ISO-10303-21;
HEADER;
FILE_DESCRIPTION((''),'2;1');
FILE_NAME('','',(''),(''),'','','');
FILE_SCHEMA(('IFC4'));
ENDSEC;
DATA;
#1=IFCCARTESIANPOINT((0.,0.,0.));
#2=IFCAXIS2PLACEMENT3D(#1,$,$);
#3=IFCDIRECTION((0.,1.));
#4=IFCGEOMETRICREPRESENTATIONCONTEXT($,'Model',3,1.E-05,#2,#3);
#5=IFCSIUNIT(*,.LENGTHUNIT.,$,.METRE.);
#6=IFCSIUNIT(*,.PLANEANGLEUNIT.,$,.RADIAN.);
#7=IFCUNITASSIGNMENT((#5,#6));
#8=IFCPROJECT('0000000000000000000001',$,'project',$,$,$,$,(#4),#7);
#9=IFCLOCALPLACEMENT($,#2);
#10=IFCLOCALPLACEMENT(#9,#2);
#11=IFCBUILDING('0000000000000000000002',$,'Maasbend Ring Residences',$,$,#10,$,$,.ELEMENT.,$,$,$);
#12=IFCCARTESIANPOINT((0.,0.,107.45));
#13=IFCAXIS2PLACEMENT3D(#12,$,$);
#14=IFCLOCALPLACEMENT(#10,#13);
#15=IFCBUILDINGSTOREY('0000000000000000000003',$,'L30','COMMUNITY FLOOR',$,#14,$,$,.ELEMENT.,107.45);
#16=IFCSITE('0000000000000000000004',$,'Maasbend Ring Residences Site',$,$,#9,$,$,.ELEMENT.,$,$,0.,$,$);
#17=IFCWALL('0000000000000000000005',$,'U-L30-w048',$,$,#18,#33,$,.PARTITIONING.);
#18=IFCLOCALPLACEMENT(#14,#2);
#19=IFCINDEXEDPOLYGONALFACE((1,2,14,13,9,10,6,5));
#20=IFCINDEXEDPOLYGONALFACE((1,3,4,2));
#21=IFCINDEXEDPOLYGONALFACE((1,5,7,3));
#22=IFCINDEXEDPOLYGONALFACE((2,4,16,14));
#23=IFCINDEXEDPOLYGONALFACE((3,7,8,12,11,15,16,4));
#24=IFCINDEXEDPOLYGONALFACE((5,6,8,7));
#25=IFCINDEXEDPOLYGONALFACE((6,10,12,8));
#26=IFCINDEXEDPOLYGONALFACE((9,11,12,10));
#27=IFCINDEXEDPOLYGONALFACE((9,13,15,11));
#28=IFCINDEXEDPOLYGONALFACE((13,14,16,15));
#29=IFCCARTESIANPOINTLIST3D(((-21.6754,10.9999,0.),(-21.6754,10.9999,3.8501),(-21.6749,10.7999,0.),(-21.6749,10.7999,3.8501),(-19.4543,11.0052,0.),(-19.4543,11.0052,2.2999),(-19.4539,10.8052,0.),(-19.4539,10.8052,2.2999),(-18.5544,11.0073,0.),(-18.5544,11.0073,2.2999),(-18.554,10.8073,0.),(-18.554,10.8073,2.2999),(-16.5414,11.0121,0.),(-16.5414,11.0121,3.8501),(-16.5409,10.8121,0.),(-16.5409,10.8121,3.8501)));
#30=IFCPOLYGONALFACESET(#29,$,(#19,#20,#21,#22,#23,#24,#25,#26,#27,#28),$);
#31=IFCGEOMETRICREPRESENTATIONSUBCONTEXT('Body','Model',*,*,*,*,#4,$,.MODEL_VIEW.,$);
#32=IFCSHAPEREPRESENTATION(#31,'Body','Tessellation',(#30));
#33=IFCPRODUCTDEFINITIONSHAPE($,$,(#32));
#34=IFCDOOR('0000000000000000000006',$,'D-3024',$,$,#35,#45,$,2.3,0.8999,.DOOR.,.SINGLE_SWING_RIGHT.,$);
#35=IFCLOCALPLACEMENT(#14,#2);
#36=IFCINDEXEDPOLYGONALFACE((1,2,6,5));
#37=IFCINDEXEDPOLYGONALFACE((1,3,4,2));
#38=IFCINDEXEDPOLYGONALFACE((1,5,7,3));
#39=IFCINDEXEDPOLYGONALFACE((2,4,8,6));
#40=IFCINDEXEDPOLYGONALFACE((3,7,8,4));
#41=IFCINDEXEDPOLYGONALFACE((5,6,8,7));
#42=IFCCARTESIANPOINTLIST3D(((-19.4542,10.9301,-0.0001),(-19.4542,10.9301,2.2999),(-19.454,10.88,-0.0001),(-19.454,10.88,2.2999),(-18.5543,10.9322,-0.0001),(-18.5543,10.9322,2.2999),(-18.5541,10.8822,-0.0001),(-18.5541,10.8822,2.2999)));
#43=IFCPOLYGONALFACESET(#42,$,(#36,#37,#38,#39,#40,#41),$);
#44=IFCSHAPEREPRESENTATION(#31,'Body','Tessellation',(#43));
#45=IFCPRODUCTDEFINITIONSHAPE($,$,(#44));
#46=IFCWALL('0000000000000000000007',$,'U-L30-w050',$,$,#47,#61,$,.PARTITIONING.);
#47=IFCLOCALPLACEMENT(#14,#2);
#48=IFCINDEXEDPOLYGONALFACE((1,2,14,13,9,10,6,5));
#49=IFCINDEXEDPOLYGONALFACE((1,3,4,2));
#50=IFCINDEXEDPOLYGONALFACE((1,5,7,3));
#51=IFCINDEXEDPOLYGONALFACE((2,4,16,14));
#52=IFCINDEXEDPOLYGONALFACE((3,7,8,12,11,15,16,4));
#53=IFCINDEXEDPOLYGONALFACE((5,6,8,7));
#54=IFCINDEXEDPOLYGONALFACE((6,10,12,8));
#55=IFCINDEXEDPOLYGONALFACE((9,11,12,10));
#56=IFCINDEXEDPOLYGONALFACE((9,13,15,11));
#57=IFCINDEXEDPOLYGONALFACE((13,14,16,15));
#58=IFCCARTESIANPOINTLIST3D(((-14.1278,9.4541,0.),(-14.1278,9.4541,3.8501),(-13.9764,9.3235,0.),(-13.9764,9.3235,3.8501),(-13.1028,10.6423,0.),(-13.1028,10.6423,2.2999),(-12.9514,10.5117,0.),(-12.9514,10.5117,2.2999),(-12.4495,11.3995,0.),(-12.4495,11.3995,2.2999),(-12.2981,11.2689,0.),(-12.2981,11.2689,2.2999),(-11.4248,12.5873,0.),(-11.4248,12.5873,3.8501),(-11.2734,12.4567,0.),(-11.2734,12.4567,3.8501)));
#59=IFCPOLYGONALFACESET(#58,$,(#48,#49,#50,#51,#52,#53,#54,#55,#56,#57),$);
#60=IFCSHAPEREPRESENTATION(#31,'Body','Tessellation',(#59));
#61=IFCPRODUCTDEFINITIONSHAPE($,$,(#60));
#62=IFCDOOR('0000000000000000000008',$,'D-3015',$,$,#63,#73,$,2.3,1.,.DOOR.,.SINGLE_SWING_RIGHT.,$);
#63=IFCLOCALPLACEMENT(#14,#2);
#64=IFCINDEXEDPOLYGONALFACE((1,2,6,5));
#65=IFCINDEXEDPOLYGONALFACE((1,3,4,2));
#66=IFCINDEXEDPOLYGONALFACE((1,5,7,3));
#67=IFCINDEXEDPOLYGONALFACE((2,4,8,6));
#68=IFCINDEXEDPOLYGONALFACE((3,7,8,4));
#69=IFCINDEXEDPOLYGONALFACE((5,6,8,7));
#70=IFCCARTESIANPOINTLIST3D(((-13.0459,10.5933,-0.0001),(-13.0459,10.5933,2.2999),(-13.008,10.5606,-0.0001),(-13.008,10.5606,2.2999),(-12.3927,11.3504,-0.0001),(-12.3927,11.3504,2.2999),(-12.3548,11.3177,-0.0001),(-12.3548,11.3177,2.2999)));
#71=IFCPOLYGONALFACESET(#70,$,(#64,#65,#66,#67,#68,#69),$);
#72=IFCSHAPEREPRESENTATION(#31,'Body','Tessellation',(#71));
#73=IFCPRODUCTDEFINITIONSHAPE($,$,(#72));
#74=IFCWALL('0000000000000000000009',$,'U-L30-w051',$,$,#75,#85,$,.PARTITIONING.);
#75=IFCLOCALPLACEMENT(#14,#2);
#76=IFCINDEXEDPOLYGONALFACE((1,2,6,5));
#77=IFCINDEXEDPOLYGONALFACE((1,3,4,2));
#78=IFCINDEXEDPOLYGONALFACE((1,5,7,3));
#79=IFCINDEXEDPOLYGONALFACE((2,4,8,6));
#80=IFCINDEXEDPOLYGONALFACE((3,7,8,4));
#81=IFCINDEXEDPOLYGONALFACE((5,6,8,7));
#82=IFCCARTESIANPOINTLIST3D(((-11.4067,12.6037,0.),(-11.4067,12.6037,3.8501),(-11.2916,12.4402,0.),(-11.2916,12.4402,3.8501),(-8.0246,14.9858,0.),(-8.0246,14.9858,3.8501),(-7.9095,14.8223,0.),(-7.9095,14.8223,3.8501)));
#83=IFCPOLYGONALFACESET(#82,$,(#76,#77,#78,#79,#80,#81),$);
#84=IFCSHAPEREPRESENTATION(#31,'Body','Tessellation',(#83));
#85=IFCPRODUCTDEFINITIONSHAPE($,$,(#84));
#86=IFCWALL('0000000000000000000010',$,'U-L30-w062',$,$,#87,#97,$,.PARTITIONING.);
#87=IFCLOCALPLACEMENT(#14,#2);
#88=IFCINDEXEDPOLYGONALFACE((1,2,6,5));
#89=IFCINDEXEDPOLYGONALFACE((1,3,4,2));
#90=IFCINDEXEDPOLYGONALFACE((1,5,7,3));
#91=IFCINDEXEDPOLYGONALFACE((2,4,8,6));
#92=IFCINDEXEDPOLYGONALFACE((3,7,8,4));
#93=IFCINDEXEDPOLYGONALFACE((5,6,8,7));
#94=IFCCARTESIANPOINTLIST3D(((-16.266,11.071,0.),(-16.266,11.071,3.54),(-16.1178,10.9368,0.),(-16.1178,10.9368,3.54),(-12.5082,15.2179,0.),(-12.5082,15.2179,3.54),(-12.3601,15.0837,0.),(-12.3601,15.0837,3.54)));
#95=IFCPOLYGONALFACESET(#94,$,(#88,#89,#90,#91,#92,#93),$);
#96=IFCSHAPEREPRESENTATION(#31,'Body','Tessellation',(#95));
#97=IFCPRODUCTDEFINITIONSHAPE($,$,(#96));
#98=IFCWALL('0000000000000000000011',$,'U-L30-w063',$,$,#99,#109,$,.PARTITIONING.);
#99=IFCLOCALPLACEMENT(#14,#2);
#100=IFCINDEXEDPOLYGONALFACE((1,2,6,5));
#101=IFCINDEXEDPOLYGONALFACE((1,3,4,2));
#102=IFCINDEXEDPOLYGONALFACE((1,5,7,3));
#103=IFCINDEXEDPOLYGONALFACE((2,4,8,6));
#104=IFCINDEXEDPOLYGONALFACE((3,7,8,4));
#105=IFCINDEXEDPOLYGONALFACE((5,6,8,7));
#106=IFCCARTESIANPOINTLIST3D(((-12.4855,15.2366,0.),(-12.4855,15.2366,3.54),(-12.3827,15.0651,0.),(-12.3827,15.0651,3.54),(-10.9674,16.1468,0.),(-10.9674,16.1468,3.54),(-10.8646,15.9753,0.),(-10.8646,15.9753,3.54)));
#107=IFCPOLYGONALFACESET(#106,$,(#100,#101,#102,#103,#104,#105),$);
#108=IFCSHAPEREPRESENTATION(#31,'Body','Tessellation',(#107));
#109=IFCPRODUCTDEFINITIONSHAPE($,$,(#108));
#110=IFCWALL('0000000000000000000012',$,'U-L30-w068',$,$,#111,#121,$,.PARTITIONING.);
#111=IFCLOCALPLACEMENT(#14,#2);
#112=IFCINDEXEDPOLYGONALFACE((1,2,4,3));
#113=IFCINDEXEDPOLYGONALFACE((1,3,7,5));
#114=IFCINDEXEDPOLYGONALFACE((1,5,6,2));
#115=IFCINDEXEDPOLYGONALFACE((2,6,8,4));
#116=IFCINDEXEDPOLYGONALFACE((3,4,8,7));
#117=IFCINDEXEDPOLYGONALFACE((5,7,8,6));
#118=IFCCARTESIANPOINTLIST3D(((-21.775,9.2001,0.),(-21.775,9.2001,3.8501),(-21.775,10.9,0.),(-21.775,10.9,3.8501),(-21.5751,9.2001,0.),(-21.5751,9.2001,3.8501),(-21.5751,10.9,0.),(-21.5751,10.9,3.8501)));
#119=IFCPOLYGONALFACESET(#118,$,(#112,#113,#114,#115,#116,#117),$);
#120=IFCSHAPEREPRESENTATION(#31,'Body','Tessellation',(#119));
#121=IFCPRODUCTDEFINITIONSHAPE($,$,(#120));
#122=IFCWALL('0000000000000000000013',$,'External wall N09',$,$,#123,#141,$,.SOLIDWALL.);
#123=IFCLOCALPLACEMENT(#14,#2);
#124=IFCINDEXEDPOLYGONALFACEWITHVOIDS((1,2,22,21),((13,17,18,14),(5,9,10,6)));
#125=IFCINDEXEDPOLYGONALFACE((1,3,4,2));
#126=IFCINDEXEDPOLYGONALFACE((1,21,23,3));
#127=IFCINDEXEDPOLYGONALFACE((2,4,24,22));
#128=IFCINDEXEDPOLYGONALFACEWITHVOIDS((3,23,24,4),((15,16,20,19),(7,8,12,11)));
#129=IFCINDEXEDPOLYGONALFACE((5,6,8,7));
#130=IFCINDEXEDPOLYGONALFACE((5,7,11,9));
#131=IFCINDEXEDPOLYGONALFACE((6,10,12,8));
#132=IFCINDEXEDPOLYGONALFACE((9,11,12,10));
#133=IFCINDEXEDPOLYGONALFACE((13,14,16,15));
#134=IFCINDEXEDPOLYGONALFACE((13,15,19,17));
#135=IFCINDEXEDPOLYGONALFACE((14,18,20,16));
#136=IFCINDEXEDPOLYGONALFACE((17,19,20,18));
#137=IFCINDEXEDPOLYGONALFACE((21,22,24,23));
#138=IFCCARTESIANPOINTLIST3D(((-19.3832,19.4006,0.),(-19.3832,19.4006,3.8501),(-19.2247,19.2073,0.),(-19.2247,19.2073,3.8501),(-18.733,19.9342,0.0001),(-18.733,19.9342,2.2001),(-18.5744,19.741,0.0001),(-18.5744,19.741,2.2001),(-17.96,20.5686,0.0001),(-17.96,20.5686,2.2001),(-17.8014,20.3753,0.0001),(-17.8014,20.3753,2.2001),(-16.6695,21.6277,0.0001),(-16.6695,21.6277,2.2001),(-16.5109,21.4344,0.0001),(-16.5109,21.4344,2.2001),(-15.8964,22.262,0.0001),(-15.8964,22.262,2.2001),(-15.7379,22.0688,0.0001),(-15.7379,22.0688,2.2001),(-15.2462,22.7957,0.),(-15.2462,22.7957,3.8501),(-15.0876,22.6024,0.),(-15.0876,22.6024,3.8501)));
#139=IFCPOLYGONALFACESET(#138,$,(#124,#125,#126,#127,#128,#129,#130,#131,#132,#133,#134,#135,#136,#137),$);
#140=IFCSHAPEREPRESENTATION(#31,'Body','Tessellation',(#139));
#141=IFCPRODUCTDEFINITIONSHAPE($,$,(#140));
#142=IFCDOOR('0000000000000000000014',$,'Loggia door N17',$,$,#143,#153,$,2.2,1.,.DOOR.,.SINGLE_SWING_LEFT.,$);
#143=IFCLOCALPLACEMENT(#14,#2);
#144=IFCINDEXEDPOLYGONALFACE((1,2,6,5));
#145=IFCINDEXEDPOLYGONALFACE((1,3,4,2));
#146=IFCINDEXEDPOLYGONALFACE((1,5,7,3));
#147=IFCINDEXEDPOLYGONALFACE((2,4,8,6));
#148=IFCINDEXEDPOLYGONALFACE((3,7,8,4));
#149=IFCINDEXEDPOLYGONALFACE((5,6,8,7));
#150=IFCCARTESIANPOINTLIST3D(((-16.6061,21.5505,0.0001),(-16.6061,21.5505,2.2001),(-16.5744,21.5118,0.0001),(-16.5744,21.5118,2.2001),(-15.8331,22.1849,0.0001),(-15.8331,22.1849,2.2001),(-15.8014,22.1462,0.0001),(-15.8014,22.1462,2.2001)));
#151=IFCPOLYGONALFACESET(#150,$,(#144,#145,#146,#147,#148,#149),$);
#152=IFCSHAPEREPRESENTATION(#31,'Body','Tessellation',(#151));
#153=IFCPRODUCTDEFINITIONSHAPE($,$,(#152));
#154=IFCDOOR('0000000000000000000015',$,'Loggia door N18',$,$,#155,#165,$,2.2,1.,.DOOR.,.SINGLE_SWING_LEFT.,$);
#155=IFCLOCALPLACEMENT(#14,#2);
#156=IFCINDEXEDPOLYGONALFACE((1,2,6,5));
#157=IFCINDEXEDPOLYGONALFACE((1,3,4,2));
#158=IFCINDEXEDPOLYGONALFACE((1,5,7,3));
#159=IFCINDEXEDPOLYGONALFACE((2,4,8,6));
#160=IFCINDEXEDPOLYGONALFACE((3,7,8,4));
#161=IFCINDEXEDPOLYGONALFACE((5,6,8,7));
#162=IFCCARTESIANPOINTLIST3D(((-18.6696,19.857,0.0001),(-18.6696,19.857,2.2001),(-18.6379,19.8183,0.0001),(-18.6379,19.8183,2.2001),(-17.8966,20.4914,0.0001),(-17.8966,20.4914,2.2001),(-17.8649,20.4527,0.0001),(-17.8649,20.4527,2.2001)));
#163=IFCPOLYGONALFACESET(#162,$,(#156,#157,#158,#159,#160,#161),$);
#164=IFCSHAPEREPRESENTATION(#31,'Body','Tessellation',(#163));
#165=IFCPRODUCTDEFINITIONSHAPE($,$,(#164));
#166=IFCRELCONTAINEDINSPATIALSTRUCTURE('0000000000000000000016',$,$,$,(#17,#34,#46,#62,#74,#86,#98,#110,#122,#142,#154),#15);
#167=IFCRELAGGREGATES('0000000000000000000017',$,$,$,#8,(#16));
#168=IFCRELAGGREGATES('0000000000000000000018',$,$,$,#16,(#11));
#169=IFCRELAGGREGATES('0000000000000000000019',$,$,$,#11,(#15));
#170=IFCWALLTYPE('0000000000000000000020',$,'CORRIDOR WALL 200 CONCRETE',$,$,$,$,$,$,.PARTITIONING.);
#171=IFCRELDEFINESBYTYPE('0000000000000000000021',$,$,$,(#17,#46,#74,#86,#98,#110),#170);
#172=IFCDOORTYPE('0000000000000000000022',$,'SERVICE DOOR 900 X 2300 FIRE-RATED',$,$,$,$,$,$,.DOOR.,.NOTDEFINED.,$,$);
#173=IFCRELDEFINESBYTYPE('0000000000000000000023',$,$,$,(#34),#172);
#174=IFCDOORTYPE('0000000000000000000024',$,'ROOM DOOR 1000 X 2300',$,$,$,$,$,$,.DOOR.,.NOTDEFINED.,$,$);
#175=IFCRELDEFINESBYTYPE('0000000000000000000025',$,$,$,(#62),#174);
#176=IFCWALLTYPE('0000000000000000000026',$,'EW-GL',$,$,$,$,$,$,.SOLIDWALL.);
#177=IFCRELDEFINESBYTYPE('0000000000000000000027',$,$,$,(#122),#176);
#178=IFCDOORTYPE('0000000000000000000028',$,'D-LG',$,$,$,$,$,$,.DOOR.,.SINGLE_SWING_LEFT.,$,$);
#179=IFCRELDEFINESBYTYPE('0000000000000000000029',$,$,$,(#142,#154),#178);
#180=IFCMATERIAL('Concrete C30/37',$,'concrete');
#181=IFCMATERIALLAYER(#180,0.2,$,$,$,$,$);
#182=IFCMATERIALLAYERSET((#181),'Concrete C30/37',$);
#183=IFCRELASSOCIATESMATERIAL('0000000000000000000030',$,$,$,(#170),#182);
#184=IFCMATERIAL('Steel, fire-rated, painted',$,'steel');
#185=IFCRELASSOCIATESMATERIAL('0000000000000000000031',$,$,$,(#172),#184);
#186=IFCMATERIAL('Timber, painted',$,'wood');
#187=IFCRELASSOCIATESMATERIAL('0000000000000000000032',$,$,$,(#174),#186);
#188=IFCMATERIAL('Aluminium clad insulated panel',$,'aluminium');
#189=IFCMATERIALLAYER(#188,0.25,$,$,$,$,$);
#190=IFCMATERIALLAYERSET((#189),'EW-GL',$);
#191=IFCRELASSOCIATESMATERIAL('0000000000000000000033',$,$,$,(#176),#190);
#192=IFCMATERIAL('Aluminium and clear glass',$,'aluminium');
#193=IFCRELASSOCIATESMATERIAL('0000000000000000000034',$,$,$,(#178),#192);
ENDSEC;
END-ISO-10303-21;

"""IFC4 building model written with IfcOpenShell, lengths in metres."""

from ifc_helpers import new_model, si_unit, direction, frame, frame_2d, origin, place, context, subcontext, project, spatial, rectangle, extrude, material, layer, layer_set, type_object, element, fill, save


model = new_model("IFC4")

# Units and contexts
model_context = context("Model", 3, precision=1e-05, world=origin(), true_north=direction((0.0, 1.0)))
body_context = subcontext(model_context, "Body", "Model", "MODEL_VIEW")
ifc_project = project(units=[si_unit("LENGTHUNIT", "METRE"), si_unit("PLANEANGLEUNIT", "RADIAN")], contexts=[model_context])

# Site, building, storey
site_placement = place(None, origin())
site = spatial("IfcSite", under=ifc_project, at=site_placement, Name="Maasbend Ring Residences Site", CompositionType="ELEMENT", RefElevation=0.0)
building_placement = place(site_placement, origin())
building = spatial("IfcBuilding", under=site, at=building_placement, Name="Maasbend Ring Residences", CompositionType="ELEMENT")
storey_placement = place(building_placement, frame((0.0, 0.0, 107.45)))
storey = spatial("IfcBuildingStorey", under=building, at=storey_placement, Name="L30", Description="COMMUNITY FLOOR", CompositionType="ELEMENT", Elevation=107.45)

# Walls, openings, doors
ifc_material_1 = material(Name="Concrete C30/37", Category="concrete")
ifc_layer_1 = layer(ifc_material_1, 0.2)
ifc_layer_set_1 = layer_set([ifc_layer_1], Name="Concrete C30/37")
wall_type_1 = type_object("IfcWallType", Name="CORRIDOR WALL 200 CONCRETE", PredefinedType="PARTITIONING", material=ifc_layer_set_1)
wall_1_placement = place(storey_placement, frame((-21.675, 10.8999, 0.0), z_axis=(0.0, 0.0, 1.0), x_axis=(0.999997, 0.002378, 0.0)))
wall_1 = element("IfcWall", 1, at=wall_1_placement, inside=storey, type_object=wall_type_1, Name="U-L30-w048", PredefinedType="PARTITIONING", context=body_context, shape_type="SweptSolid", body=[
    extrude(rectangle(XDim=5.134, YDim=0.2, at=frame_2d((2.5669, 0.0))), origin(), (0.0, 0.0, 1.0), 3.8501),
])
opening_1_placement = place(wall_1_placement, frame((2.2209, 0.0, 0.0)))
opening_1 = element("IfcOpeningElement", 2, at=opening_1_placement, cuts=wall_1, PredefinedType="OPENING", context=body_context, shape_type="SweptSolid", body=[
    extrude(rectangle(XDim=0.8999, YDim=2.3, at=frame_2d((0.45, 1.1499))), frame((0.0, 0.1099, 0.0), z_axis=(0.0, -1.0, 0.0), x_axis=(1.0, 0.0, 0.0)), (0.0, 0.0, 1.0), 0.22),
])
ifc_material_2 = material(Name="Steel, fire-rated, painted", Category="steel")
door_type_1 = type_object("IfcDoorType", Name="SERVICE DOOR 900 X 2300 FIRE-RATED", OperationType="NOTDEFINED", PredefinedType="DOOR", material=ifc_material_2)
door_1_placement = place(opening_1_placement, origin())
door_1 = element("IfcDoor", 3, at=door_1_placement, inside=storey, type_object=door_type_1, Name="D-3024", OperationType="SINGLE_SWING_RIGHT", OverallHeight=2.3, OverallWidth=0.8999, PredefinedType="DOOR", context=body_context, shape_type="SweptSolid", body=[
    extrude(rectangle(XDim=0.8999, YDim=2.3, at=frame_2d((0.45, 1.1499))), frame((0.0, 0.0249, 0.0), z_axis=(0.0, -1.0, 0.0), x_axis=(1.0, 0.0, 0.0)), (0.0, 0.0, 1.0), 0.05),
])
fill(opening_1, door_1)
wall_2_placement = place(storey_placement, frame((-14.052, 9.3889, 0.0), z_axis=(0.0, 0.0, 1.0), x_axis=(0.653213, 0.757174, 0.0)))
wall_2 = element("IfcWall", 4, at=wall_2_placement, inside=storey, type_object=wall_type_1, Name="U-L30-w050", PredefinedType="PARTITIONING", context=body_context, shape_type="SweptSolid", body=[
    extrude(rectangle(XDim=4.1379, YDim=0.2, at=frame_2d((2.0688, 0.0))), origin(), (0.0, 0.0, 1.0), 3.8501),
])
opening_2_placement = place(wall_2_placement, frame((1.5691, 0.0, 0.0)))
opening_2 = element("IfcOpeningElement", 5, at=opening_2_placement, cuts=wall_2, PredefinedType="OPENING", context=body_context, shape_type="SweptSolid", body=[
    extrude(rectangle(XDim=1.0, YDim=2.3, at=frame_2d((0.5, 1.1499))), frame((0.0, 0.1099, 0.0), z_axis=(0.0, -1.0, 0.0), x_axis=(1.0, 0.0, 0.0)), (0.0, 0.0, 1.0), 0.22),
])
ifc_material_3 = material(Name="Timber, painted", Category="wood")
door_type_2 = type_object("IfcDoorType", Name="ROOM DOOR 1000 X 2300", OperationType="NOTDEFINED", PredefinedType="DOOR", material=ifc_material_3)
door_2_placement = place(opening_2_placement, origin())
door_2 = element("IfcDoor", 6, at=door_2_placement, inside=storey, type_object=door_type_2, Name="D-3015", OperationType="SINGLE_SWING_RIGHT", OverallHeight=2.3, OverallWidth=1.0, PredefinedType="DOOR", context=body_context, shape_type="SweptSolid", body=[
    extrude(rectangle(XDim=1.0, YDim=2.3, at=frame_2d((0.5, 1.1499))), frame((0.0, 0.0249, 0.0), z_axis=(0.0, -1.0, 0.0), x_axis=(1.0, 0.0, 0.0)), (0.0, 0.0, 1.0), 0.05),
])
fill(opening_2, door_2)

# Walls
wall_3_placement = place(storey_placement, frame((-11.3491, 12.522, 0.0), z_axis=(0.0, 0.0, 1.0), x_axis=(0.817568, 0.575833, 0.0)))
element("IfcWall", 7, at=wall_3_placement, inside=storey, type_object=wall_type_1, Name="U-L30-w051", PredefinedType="PARTITIONING", context=body_context, shape_type="SweptSolid", body=[
    extrude(rectangle(XDim=4.1367, YDim=0.2, at=frame_2d((2.0684, 0.0))), origin(), (0.0, 0.0, 1.0), 3.8501),
])
wall_4_placement = place(storey_placement, frame((-16.1919, 11.0039, 0.0), z_axis=(0.0, 0.0, 1.0), x_axis=(0.671482, 0.741021, 0.0)))
element("IfcWall", 8, at=wall_4_placement, inside=storey, type_object=wall_type_1, Name="U-L30-w062", PredefinedType="PARTITIONING", context=body_context, shape_type="SweptSolid", body=[
    extrude(rectangle(XDim=5.5962, YDim=0.2, at=frame_2d((2.7981, 0.0))), origin(), (0.0, 0.0, 1.0), 3.54),
])
wall_5_placement = place(storey_placement, frame((-12.4341, 15.1509, 0.0), z_axis=(0.0, 0.0, 1.0), x_axis=(0.857663, 0.514212, 0.0)))
element("IfcWall", 9, at=wall_5_placement, inside=storey, type_object=wall_type_1, Name="U-L30-w063", PredefinedType="PARTITIONING", context=body_context, shape_type="SweptSolid", body=[
    extrude(rectangle(XDim=1.77, YDim=0.2, at=frame_2d((0.885, 0.0))), origin(), (0.0, 0.0, 1.0), 3.54),
])
wall_6_placement = place(storey_placement, frame((-21.675, 9.2, 0.0), z_axis=(0.0, 0.0, 1.0), x_axis=(0.0, 1.0, 0.0)))
element("IfcWall", 10, at=wall_6_placement, inside=storey, type_object=wall_type_1, Name="U-L30-w068", PredefinedType="PARTITIONING", context=body_context, shape_type="SweptSolid", body=[
    extrude(rectangle(XDim=1.7, YDim=0.2, at=frame_2d((0.8501, 0.0))), origin(), (0.0, 0.0, 1.0), 3.8501),
])

# Wall, openings, doors
ifc_material_4 = material(Name="Aluminium clad insulated panel", Category="aluminium")
ifc_layer_2 = layer(ifc_material_4, 0.25)
ifc_layer_set_2 = layer_set([ifc_layer_2], Name="EW-GL")
wall_type_2 = type_object("IfcWallType", Name="EW-GL", PredefinedType="SOLIDWALL", material=ifc_layer_set_2)
wall_7_placement = place(storey_placement, frame((-15.167, 22.699, 0.0), z_axis=(0.0, 0.0, 1.0), x_axis=(-0.773019, -0.634382, 0.0)))
wall_7 = element("IfcWall", 11, at=wall_7_placement, inside=storey, type_object=wall_type_2, Name="External wall N09", PredefinedType="SOLIDWALL", context=body_context, shape_type="SweptSolid", body=[
    extrude(rectangle(XDim=5.3518, YDim=0.25, at=frame_2d((2.6758, 0.0))), origin(), (0.0, 0.0, 1.0), 3.8501),
])
opening_3_placement = place(wall_7_placement, frame((0.8411, 0.0, 0.0)))
opening_3 = element("IfcOpeningElement", 12, at=opening_3_placement, cuts=wall_7, PredefinedType="OPENING", context=body_context, shape_type="SweptSolid", body=[
    extrude(rectangle(XDim=1.0, YDim=2.2, at=frame_2d((0.5, 1.1001))), frame((0.0, 0.135, 0.0), z_axis=(0.0, -1.0, 0.0), x_axis=(1.0, 0.0, 0.0)), (0.0, 0.0, 1.0), 0.27),
])
opening_4_placement = place(wall_7_placement, frame((3.5105, 0.0, 0.0)))
opening_4 = element("IfcOpeningElement", 13, at=opening_4_placement, cuts=wall_7, PredefinedType="OPENING", context=body_context, shape_type="SweptSolid", body=[
    extrude(rectangle(XDim=1.0, YDim=2.2, at=frame_2d((0.5, 1.1001))), frame((0.0, 0.135, 0.0), z_axis=(0.0, -1.0, 0.0), x_axis=(1.0, 0.0, 0.0)), (0.0, 0.0, 1.0), 0.27),
])
ifc_material_5 = material(Name="Aluminium and clear glass", Category="aluminium")
door_type_3 = type_object("IfcDoorType", Name="D-LG", OperationType="SINGLE_SWING_LEFT", PredefinedType="DOOR", material=ifc_material_5)
door_3_placement = place(opening_3_placement, origin())
door_3 = element("IfcDoor", 14, at=door_3_placement, inside=storey, type_object=door_type_3, Name="Loggia door N17", OperationType="SINGLE_SWING_LEFT", OverallHeight=2.2, OverallWidth=1.0, PredefinedType="DOOR", context=body_context, shape_type="SweptSolid", body=[
    extrude(rectangle(XDim=1.0, YDim=2.2, at=frame_2d((0.5, 1.1001))), frame((0.0, 0.0249, 0.0), z_axis=(0.0, -1.0, 0.0), x_axis=(1.0, 0.0, 0.0)), (0.0, 0.0, 1.0), 0.05),
])
fill(opening_3, door_3)
door_4_placement = place(opening_4_placement, origin())
door_4 = element("IfcDoor", 15, at=door_4_placement, inside=storey, type_object=door_type_3, Name="Loggia door N18", OperationType="SINGLE_SWING_LEFT", OverallHeight=2.2, OverallWidth=1.0, PredefinedType="DOOR", context=body_context, shape_type="SweptSolid", body=[
    extrude(rectangle(XDim=1.0, YDim=2.2, at=frame_2d((0.5, 1.1001))), frame((0.0, 0.0249, 0.0), z_axis=(0.0, -1.0, 0.0), x_axis=(1.0, 0.0, 0.0)), (0.0, 0.0, 1.0), 0.05),
])
fill(opening_4, door_4)

save(model, "model.ifc")
